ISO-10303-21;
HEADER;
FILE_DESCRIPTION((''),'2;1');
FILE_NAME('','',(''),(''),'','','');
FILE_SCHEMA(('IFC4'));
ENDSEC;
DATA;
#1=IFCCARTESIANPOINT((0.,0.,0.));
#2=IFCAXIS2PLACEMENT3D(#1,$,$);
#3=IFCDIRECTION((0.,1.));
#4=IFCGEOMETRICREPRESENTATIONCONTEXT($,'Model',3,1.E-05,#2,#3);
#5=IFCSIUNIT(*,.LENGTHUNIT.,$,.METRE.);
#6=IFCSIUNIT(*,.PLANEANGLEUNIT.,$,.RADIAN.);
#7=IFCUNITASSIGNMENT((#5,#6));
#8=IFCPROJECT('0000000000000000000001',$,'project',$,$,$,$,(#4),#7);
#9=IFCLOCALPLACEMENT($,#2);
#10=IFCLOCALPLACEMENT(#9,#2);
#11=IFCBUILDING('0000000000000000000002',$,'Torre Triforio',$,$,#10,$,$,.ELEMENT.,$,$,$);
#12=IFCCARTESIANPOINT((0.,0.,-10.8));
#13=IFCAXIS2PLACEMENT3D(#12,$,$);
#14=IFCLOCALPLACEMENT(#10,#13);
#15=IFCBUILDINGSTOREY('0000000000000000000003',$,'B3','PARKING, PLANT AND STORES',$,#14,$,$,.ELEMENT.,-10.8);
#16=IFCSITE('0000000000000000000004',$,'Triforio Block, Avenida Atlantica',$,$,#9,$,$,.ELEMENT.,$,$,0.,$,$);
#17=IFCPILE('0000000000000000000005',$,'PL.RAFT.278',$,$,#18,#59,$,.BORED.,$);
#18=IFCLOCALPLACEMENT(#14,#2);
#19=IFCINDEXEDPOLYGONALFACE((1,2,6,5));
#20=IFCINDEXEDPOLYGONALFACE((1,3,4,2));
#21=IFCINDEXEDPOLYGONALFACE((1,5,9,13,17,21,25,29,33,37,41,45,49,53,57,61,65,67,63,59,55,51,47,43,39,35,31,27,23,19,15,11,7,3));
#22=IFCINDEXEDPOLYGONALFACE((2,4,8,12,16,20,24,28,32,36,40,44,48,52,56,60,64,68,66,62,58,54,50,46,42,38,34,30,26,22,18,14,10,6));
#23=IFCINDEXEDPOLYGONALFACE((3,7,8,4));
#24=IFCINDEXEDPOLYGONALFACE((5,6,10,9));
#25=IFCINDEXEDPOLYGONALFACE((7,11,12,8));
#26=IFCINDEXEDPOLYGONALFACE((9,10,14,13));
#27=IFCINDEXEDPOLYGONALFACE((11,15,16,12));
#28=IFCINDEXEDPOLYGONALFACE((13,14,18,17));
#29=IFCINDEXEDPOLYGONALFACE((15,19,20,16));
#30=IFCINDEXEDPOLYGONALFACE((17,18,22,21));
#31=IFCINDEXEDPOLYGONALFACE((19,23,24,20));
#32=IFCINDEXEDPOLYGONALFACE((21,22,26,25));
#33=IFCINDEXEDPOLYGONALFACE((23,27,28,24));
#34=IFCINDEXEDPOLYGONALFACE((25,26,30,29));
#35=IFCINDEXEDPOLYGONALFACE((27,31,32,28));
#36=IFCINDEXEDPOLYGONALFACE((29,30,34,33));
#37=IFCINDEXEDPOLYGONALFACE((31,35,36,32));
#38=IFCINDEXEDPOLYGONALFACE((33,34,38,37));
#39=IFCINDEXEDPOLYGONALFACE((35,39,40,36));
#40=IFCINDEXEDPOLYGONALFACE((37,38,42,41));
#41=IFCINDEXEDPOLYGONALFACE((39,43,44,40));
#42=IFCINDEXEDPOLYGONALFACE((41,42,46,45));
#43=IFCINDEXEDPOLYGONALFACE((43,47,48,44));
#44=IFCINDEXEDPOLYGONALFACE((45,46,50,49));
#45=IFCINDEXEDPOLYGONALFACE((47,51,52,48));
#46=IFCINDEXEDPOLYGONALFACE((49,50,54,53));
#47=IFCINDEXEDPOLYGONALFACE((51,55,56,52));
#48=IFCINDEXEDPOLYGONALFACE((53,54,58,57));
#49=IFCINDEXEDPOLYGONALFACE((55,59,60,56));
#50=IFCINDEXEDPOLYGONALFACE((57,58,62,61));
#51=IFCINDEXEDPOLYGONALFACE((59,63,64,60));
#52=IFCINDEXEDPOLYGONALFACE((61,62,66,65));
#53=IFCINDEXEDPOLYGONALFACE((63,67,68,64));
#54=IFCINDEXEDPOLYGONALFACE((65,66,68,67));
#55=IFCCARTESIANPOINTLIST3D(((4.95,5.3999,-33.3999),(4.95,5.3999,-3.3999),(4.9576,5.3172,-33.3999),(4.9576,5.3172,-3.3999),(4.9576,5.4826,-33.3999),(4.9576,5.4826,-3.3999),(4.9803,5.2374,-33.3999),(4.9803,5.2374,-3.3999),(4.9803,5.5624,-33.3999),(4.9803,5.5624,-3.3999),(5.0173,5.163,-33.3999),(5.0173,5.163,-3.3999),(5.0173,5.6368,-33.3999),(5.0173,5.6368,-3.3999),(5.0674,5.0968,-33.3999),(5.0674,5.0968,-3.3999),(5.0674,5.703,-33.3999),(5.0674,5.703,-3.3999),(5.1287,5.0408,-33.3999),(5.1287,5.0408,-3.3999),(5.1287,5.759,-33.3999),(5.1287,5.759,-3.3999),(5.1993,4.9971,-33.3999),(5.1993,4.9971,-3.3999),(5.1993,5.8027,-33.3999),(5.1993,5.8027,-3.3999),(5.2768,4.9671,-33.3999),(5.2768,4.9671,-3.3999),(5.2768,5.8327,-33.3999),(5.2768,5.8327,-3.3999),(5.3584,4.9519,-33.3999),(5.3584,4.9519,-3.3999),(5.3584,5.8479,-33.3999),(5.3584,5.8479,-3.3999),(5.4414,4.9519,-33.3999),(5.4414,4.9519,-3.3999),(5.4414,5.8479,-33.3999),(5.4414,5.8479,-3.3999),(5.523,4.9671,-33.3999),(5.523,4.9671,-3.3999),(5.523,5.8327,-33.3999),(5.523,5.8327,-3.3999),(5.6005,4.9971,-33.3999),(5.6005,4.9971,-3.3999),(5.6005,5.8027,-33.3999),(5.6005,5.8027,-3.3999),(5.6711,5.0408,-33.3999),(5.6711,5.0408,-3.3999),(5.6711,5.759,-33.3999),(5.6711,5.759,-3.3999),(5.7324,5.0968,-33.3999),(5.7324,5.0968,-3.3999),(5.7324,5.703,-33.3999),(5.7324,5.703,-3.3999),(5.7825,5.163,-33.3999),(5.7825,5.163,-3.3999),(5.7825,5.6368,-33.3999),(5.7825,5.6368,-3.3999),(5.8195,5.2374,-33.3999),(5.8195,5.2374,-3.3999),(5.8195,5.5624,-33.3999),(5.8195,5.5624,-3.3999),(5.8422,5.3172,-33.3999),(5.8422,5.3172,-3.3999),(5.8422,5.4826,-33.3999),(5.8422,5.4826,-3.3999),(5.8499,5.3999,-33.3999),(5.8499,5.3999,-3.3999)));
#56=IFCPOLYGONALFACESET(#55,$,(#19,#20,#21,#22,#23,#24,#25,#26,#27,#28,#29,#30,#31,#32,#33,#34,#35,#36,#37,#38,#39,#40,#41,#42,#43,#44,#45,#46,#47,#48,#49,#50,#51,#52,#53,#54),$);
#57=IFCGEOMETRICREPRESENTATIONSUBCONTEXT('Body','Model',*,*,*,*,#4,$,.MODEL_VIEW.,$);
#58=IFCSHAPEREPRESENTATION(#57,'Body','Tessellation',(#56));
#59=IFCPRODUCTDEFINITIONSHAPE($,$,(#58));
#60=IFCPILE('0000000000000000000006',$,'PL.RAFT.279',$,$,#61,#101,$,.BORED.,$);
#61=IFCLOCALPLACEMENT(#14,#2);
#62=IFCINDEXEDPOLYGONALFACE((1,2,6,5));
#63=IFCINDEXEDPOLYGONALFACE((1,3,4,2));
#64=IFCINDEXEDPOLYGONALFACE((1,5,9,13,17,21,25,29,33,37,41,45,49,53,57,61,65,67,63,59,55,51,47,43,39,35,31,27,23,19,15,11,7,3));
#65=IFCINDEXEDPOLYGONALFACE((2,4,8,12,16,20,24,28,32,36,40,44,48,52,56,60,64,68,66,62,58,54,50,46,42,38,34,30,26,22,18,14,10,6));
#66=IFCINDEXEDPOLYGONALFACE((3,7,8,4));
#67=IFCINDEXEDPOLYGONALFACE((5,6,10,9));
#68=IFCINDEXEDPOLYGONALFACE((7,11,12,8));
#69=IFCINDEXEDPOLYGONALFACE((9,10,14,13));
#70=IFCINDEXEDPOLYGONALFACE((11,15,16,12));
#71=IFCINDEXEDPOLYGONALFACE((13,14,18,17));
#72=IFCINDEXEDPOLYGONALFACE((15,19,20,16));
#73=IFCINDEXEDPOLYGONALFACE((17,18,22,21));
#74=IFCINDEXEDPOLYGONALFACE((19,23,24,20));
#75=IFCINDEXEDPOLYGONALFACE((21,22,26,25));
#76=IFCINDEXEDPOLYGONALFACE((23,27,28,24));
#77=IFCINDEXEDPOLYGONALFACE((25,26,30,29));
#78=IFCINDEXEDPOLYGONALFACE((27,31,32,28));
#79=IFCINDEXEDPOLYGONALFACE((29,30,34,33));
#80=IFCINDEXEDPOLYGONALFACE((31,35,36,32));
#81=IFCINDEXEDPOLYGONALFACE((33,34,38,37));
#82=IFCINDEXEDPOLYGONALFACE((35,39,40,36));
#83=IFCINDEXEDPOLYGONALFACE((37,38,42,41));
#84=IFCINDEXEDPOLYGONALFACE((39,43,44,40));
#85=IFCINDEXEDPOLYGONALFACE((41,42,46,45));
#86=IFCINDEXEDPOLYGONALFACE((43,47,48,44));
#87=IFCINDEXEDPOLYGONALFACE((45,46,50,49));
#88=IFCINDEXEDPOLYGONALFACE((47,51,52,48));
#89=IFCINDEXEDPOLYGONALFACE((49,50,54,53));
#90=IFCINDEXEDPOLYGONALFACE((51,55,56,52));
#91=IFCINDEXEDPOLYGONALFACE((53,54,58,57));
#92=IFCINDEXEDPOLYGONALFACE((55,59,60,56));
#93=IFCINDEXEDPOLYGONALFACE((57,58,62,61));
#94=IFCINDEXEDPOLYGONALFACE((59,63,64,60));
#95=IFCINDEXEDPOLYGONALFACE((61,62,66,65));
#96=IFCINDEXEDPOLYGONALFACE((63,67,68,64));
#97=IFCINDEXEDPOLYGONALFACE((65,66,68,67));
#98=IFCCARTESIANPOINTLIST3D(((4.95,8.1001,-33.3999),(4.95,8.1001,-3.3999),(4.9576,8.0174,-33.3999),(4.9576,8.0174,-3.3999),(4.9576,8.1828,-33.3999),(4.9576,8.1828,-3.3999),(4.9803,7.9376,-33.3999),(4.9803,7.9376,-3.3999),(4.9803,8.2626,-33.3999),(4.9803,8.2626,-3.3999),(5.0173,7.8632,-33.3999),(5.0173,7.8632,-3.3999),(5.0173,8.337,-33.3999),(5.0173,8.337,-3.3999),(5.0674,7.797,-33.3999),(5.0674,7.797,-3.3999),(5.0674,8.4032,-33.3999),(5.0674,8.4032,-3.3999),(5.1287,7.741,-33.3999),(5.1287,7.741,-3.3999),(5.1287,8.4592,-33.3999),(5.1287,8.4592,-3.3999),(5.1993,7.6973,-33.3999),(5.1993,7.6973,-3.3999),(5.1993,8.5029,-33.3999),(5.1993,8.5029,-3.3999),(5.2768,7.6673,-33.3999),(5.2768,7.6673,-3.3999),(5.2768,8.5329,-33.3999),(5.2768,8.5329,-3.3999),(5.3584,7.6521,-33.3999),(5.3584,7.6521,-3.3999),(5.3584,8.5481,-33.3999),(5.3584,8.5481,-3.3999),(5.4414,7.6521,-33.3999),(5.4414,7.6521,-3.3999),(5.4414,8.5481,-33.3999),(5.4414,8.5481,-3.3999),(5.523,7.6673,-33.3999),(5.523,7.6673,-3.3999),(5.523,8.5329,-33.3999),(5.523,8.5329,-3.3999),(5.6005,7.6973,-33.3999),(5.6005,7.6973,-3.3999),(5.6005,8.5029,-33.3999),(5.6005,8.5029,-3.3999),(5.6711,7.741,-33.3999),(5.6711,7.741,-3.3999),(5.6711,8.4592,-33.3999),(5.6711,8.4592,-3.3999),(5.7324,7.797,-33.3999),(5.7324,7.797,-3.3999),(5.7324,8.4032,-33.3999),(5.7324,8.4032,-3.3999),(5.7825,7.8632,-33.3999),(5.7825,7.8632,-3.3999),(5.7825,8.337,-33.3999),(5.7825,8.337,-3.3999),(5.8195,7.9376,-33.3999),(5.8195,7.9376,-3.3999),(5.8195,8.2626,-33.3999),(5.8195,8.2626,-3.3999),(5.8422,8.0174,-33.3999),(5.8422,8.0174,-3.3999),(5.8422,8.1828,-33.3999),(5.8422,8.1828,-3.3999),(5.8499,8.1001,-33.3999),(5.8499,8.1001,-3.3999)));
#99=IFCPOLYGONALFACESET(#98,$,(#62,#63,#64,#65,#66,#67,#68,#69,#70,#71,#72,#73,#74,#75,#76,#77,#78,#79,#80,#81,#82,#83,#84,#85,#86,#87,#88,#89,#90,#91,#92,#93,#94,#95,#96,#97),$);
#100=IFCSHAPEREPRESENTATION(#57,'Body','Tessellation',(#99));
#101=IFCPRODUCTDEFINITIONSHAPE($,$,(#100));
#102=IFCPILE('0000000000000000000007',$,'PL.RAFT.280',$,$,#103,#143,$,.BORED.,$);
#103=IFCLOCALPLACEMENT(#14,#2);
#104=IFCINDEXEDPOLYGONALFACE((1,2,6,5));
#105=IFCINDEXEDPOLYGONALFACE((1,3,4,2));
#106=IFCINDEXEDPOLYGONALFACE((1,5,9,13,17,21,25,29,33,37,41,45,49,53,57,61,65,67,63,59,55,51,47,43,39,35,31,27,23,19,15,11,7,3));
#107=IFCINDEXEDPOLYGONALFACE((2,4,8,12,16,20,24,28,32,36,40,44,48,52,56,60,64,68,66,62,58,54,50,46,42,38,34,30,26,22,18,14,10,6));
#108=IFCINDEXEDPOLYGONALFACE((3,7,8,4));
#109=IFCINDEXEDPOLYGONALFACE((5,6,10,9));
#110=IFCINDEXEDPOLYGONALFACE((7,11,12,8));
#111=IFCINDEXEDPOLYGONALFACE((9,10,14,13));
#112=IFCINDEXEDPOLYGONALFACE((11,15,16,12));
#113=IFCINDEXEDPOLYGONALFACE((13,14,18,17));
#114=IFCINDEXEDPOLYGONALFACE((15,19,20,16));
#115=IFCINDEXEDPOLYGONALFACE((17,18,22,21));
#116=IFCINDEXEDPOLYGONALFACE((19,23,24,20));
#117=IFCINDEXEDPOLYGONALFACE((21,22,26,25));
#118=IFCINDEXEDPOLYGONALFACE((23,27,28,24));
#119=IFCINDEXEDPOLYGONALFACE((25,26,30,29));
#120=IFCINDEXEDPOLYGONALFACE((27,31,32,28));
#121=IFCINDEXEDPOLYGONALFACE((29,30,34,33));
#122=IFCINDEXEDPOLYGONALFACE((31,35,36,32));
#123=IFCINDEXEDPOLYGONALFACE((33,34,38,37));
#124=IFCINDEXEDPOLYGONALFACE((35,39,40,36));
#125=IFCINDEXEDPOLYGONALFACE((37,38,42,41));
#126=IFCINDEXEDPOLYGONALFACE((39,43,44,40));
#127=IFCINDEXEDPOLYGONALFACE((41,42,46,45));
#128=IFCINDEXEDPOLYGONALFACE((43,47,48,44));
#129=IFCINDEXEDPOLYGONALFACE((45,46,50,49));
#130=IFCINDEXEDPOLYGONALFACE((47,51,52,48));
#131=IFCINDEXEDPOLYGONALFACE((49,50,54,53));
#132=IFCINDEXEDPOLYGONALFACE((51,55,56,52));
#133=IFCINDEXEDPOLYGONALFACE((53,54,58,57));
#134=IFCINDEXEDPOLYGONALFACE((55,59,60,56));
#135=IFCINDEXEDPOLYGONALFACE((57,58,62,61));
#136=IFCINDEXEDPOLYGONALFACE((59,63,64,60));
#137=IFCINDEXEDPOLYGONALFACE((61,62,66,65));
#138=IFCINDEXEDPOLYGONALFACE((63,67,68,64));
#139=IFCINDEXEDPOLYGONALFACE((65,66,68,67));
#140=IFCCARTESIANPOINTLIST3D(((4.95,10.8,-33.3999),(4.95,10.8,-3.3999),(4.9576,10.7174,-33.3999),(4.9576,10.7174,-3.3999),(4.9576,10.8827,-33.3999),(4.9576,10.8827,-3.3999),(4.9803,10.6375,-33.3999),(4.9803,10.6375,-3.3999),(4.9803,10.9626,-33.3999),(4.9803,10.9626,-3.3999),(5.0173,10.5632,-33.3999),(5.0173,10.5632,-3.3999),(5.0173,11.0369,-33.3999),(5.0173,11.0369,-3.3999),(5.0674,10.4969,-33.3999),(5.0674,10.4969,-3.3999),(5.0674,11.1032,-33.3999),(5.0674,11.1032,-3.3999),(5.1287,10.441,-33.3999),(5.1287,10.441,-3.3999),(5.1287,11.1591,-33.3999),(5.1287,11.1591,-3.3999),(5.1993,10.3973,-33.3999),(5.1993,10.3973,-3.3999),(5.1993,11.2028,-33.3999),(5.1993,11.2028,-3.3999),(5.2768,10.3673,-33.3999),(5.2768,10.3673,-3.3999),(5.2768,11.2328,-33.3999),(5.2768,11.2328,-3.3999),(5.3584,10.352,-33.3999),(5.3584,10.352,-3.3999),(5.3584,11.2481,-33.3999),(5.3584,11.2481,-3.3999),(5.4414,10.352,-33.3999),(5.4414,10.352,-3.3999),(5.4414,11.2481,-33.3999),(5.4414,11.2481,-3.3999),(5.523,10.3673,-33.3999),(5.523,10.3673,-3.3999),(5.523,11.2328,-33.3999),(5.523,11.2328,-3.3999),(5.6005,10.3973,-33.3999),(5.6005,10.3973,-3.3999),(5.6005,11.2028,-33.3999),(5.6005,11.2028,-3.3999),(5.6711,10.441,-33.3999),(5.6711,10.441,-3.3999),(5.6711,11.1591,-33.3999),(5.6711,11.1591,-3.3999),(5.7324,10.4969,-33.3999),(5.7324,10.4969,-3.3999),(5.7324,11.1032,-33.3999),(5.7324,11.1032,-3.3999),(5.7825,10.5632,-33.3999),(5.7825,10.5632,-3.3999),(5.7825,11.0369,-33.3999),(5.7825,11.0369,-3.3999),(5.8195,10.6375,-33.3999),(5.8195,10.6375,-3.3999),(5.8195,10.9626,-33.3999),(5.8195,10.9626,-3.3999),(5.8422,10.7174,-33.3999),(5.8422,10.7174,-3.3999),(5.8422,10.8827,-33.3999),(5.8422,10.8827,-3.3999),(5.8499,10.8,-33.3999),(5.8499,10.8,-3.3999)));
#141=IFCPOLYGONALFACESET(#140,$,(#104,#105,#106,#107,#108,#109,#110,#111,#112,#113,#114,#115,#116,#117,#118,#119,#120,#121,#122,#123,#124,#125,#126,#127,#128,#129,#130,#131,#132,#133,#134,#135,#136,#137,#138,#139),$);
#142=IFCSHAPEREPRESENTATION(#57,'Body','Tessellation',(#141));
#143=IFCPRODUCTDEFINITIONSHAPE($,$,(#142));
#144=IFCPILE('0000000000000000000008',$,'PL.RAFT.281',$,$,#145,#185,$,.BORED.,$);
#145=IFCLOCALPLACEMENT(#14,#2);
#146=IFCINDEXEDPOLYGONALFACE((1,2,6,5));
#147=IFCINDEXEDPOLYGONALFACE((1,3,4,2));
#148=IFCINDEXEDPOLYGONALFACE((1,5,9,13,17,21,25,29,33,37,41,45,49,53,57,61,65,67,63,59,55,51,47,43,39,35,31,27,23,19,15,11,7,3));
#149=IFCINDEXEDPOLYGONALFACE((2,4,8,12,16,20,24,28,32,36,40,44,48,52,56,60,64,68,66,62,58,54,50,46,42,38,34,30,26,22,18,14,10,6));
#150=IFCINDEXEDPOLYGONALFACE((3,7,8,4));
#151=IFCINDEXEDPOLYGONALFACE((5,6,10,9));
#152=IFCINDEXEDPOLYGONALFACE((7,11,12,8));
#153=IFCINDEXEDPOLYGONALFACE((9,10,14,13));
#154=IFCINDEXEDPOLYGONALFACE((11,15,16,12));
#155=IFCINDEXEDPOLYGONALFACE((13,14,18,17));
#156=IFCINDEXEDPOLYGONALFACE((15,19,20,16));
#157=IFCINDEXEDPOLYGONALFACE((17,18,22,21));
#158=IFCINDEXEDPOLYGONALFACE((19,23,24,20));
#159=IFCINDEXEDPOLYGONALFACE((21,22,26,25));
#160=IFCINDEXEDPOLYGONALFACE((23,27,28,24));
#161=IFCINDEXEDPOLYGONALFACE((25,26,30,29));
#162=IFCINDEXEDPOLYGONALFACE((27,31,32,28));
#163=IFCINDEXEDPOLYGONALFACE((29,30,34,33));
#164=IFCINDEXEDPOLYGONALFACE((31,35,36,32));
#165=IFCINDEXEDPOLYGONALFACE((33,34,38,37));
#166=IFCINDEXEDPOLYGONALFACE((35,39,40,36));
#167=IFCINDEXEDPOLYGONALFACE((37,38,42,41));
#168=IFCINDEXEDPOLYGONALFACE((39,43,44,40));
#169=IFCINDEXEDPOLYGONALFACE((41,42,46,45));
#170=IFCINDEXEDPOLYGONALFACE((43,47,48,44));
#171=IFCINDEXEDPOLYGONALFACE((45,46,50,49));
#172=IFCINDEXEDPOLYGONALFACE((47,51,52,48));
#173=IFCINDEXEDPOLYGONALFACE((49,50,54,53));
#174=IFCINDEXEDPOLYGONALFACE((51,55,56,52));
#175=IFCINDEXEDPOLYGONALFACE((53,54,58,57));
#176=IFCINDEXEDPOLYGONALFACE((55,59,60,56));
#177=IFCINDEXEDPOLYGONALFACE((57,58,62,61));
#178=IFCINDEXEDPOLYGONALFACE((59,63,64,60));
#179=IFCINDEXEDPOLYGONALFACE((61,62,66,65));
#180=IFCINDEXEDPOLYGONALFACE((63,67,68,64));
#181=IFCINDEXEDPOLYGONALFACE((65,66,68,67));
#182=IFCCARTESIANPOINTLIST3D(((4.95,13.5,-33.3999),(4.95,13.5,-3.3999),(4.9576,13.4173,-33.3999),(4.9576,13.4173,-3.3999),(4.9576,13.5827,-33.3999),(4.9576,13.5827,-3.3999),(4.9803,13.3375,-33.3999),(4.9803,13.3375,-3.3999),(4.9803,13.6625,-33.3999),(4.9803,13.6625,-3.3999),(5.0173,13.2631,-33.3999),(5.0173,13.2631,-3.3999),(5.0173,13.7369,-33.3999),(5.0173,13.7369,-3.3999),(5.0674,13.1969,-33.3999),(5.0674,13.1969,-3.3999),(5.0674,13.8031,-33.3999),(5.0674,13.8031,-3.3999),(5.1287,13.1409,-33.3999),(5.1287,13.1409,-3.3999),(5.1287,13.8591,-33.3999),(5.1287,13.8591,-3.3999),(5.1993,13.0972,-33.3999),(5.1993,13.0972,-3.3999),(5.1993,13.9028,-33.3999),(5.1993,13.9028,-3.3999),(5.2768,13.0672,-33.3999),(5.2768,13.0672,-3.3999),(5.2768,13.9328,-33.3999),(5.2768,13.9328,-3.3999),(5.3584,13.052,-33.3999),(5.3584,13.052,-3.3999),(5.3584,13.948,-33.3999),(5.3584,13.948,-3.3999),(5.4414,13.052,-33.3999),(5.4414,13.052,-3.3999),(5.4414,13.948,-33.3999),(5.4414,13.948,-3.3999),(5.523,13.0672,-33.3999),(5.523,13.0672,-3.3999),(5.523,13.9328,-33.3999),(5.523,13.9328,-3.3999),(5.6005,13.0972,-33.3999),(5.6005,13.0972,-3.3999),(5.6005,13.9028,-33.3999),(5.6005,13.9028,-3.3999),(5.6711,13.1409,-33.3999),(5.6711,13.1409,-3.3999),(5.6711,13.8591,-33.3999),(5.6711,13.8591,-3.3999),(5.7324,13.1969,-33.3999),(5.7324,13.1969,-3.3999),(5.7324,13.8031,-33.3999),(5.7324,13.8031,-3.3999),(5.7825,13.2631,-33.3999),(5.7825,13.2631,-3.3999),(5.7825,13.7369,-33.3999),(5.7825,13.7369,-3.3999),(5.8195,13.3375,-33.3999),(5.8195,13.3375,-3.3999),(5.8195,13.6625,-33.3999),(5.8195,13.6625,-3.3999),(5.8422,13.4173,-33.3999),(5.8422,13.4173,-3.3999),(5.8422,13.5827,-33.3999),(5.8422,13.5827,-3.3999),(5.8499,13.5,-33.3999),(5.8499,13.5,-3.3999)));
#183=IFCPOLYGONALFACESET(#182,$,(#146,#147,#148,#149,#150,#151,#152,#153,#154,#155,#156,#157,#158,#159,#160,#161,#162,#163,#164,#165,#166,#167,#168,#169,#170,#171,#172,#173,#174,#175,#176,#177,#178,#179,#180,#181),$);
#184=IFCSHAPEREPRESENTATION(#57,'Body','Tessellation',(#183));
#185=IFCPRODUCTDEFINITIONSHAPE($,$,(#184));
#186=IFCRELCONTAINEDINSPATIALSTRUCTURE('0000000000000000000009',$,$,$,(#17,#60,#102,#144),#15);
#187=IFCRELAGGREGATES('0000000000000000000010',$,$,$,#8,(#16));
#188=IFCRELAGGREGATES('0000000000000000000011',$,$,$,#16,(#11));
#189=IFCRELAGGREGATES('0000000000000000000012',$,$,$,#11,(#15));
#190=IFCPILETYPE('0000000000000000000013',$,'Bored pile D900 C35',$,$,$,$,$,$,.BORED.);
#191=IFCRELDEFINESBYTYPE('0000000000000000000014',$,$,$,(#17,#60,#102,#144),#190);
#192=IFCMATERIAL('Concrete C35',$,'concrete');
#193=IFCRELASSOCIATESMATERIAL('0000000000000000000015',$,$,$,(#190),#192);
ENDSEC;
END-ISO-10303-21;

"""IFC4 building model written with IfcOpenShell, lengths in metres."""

from ifc_helpers import new_model, si_unit, direction, frame, origin, origin_2d, place, context, subcontext, project, spatial, circle, extrude, material, material_profile, profile_set, type_object, element, save


model = new_model("IFC4")

# Units and contexts
model_context = context("Model", 3, precision=1e-05, world=origin(), true_north=direction((0.0, 1.0)))
body_context = subcontext(model_context, "Body", "Model", "MODEL_VIEW")
ifc_project = project(units=[si_unit("LENGTHUNIT", "METRE"), si_unit("PLANEANGLEUNIT", "RADIAN")], contexts=[model_context])

# Site, building, storey
site_placement = place(None, origin())
site = spatial("IfcSite", under=ifc_project, at=site_placement, Name="Triforio Block, Avenida Atlantica", CompositionType="ELEMENT", RefElevation=0.0)
building_placement = place(site_placement, origin())
building = spatial("IfcBuilding", under=site, at=building_placement, Name="Torre Triforio", CompositionType="ELEMENT")
storey_placement = place(building_placement, frame((0.0, 0.0, -10.8)))
storey = spatial("IfcBuildingStorey", under=building, at=storey_placement, Name="B3", Description="PARKING, PLANT AND STORES", CompositionType="ELEMENT", Elevation=-10.8)

# Piles
ifc_material_1 = material(Name="Concrete C35", Category="concrete")
ifc_material_profile = material_profile(ifc_material_1, circle(Radius=0.45, at=origin_2d()), Name="RC D900")
ifc_profile_set = profile_set([ifc_material_profile], Name="Concrete C35")
pile_type = type_object("IfcPileType", Name="Bored pile D900 C35", PredefinedType="BORED", material=ifc_profile_set)
for number, where, z_axis, x_axis, name in (
    (1, (5.3999, 5.3999, -3.3999), (0.0, 0.0, -1.0), (1.0, 0.0, 0.0), "PL.RAFT.278"),
    (2, (5.3999, 8.1001, -3.3999), (0.0, 0.0, -1.0), (1.0, 0.0, 0.0), "PL.RAFT.279"),
    (3, (5.3999, 10.8, -3.3999), (0.0, 0.0, -1.0), (1.0, 0.0, 0.0), "PL.RAFT.280"),
    (4, (5.3999, 13.5, -3.3999), (0.0, 0.0, -1.0), (1.0, 0.0, 0.0), "PL.RAFT.281"),
):
    element("IfcPile", number, at=place(storey_placement, frame(where, z_axis=z_axis, x_axis=x_axis)), inside=storey, type_object=pile_type, Name=name, PredefinedType="BORED", context=body_context, shape_type="SweptSolid", body=[
        extrude(circle(Radius=0.45, at=origin_2d()), origin(), (0.0, 0.0, 1.0), 30.0),
    ])

save(model, "model.ifc")
